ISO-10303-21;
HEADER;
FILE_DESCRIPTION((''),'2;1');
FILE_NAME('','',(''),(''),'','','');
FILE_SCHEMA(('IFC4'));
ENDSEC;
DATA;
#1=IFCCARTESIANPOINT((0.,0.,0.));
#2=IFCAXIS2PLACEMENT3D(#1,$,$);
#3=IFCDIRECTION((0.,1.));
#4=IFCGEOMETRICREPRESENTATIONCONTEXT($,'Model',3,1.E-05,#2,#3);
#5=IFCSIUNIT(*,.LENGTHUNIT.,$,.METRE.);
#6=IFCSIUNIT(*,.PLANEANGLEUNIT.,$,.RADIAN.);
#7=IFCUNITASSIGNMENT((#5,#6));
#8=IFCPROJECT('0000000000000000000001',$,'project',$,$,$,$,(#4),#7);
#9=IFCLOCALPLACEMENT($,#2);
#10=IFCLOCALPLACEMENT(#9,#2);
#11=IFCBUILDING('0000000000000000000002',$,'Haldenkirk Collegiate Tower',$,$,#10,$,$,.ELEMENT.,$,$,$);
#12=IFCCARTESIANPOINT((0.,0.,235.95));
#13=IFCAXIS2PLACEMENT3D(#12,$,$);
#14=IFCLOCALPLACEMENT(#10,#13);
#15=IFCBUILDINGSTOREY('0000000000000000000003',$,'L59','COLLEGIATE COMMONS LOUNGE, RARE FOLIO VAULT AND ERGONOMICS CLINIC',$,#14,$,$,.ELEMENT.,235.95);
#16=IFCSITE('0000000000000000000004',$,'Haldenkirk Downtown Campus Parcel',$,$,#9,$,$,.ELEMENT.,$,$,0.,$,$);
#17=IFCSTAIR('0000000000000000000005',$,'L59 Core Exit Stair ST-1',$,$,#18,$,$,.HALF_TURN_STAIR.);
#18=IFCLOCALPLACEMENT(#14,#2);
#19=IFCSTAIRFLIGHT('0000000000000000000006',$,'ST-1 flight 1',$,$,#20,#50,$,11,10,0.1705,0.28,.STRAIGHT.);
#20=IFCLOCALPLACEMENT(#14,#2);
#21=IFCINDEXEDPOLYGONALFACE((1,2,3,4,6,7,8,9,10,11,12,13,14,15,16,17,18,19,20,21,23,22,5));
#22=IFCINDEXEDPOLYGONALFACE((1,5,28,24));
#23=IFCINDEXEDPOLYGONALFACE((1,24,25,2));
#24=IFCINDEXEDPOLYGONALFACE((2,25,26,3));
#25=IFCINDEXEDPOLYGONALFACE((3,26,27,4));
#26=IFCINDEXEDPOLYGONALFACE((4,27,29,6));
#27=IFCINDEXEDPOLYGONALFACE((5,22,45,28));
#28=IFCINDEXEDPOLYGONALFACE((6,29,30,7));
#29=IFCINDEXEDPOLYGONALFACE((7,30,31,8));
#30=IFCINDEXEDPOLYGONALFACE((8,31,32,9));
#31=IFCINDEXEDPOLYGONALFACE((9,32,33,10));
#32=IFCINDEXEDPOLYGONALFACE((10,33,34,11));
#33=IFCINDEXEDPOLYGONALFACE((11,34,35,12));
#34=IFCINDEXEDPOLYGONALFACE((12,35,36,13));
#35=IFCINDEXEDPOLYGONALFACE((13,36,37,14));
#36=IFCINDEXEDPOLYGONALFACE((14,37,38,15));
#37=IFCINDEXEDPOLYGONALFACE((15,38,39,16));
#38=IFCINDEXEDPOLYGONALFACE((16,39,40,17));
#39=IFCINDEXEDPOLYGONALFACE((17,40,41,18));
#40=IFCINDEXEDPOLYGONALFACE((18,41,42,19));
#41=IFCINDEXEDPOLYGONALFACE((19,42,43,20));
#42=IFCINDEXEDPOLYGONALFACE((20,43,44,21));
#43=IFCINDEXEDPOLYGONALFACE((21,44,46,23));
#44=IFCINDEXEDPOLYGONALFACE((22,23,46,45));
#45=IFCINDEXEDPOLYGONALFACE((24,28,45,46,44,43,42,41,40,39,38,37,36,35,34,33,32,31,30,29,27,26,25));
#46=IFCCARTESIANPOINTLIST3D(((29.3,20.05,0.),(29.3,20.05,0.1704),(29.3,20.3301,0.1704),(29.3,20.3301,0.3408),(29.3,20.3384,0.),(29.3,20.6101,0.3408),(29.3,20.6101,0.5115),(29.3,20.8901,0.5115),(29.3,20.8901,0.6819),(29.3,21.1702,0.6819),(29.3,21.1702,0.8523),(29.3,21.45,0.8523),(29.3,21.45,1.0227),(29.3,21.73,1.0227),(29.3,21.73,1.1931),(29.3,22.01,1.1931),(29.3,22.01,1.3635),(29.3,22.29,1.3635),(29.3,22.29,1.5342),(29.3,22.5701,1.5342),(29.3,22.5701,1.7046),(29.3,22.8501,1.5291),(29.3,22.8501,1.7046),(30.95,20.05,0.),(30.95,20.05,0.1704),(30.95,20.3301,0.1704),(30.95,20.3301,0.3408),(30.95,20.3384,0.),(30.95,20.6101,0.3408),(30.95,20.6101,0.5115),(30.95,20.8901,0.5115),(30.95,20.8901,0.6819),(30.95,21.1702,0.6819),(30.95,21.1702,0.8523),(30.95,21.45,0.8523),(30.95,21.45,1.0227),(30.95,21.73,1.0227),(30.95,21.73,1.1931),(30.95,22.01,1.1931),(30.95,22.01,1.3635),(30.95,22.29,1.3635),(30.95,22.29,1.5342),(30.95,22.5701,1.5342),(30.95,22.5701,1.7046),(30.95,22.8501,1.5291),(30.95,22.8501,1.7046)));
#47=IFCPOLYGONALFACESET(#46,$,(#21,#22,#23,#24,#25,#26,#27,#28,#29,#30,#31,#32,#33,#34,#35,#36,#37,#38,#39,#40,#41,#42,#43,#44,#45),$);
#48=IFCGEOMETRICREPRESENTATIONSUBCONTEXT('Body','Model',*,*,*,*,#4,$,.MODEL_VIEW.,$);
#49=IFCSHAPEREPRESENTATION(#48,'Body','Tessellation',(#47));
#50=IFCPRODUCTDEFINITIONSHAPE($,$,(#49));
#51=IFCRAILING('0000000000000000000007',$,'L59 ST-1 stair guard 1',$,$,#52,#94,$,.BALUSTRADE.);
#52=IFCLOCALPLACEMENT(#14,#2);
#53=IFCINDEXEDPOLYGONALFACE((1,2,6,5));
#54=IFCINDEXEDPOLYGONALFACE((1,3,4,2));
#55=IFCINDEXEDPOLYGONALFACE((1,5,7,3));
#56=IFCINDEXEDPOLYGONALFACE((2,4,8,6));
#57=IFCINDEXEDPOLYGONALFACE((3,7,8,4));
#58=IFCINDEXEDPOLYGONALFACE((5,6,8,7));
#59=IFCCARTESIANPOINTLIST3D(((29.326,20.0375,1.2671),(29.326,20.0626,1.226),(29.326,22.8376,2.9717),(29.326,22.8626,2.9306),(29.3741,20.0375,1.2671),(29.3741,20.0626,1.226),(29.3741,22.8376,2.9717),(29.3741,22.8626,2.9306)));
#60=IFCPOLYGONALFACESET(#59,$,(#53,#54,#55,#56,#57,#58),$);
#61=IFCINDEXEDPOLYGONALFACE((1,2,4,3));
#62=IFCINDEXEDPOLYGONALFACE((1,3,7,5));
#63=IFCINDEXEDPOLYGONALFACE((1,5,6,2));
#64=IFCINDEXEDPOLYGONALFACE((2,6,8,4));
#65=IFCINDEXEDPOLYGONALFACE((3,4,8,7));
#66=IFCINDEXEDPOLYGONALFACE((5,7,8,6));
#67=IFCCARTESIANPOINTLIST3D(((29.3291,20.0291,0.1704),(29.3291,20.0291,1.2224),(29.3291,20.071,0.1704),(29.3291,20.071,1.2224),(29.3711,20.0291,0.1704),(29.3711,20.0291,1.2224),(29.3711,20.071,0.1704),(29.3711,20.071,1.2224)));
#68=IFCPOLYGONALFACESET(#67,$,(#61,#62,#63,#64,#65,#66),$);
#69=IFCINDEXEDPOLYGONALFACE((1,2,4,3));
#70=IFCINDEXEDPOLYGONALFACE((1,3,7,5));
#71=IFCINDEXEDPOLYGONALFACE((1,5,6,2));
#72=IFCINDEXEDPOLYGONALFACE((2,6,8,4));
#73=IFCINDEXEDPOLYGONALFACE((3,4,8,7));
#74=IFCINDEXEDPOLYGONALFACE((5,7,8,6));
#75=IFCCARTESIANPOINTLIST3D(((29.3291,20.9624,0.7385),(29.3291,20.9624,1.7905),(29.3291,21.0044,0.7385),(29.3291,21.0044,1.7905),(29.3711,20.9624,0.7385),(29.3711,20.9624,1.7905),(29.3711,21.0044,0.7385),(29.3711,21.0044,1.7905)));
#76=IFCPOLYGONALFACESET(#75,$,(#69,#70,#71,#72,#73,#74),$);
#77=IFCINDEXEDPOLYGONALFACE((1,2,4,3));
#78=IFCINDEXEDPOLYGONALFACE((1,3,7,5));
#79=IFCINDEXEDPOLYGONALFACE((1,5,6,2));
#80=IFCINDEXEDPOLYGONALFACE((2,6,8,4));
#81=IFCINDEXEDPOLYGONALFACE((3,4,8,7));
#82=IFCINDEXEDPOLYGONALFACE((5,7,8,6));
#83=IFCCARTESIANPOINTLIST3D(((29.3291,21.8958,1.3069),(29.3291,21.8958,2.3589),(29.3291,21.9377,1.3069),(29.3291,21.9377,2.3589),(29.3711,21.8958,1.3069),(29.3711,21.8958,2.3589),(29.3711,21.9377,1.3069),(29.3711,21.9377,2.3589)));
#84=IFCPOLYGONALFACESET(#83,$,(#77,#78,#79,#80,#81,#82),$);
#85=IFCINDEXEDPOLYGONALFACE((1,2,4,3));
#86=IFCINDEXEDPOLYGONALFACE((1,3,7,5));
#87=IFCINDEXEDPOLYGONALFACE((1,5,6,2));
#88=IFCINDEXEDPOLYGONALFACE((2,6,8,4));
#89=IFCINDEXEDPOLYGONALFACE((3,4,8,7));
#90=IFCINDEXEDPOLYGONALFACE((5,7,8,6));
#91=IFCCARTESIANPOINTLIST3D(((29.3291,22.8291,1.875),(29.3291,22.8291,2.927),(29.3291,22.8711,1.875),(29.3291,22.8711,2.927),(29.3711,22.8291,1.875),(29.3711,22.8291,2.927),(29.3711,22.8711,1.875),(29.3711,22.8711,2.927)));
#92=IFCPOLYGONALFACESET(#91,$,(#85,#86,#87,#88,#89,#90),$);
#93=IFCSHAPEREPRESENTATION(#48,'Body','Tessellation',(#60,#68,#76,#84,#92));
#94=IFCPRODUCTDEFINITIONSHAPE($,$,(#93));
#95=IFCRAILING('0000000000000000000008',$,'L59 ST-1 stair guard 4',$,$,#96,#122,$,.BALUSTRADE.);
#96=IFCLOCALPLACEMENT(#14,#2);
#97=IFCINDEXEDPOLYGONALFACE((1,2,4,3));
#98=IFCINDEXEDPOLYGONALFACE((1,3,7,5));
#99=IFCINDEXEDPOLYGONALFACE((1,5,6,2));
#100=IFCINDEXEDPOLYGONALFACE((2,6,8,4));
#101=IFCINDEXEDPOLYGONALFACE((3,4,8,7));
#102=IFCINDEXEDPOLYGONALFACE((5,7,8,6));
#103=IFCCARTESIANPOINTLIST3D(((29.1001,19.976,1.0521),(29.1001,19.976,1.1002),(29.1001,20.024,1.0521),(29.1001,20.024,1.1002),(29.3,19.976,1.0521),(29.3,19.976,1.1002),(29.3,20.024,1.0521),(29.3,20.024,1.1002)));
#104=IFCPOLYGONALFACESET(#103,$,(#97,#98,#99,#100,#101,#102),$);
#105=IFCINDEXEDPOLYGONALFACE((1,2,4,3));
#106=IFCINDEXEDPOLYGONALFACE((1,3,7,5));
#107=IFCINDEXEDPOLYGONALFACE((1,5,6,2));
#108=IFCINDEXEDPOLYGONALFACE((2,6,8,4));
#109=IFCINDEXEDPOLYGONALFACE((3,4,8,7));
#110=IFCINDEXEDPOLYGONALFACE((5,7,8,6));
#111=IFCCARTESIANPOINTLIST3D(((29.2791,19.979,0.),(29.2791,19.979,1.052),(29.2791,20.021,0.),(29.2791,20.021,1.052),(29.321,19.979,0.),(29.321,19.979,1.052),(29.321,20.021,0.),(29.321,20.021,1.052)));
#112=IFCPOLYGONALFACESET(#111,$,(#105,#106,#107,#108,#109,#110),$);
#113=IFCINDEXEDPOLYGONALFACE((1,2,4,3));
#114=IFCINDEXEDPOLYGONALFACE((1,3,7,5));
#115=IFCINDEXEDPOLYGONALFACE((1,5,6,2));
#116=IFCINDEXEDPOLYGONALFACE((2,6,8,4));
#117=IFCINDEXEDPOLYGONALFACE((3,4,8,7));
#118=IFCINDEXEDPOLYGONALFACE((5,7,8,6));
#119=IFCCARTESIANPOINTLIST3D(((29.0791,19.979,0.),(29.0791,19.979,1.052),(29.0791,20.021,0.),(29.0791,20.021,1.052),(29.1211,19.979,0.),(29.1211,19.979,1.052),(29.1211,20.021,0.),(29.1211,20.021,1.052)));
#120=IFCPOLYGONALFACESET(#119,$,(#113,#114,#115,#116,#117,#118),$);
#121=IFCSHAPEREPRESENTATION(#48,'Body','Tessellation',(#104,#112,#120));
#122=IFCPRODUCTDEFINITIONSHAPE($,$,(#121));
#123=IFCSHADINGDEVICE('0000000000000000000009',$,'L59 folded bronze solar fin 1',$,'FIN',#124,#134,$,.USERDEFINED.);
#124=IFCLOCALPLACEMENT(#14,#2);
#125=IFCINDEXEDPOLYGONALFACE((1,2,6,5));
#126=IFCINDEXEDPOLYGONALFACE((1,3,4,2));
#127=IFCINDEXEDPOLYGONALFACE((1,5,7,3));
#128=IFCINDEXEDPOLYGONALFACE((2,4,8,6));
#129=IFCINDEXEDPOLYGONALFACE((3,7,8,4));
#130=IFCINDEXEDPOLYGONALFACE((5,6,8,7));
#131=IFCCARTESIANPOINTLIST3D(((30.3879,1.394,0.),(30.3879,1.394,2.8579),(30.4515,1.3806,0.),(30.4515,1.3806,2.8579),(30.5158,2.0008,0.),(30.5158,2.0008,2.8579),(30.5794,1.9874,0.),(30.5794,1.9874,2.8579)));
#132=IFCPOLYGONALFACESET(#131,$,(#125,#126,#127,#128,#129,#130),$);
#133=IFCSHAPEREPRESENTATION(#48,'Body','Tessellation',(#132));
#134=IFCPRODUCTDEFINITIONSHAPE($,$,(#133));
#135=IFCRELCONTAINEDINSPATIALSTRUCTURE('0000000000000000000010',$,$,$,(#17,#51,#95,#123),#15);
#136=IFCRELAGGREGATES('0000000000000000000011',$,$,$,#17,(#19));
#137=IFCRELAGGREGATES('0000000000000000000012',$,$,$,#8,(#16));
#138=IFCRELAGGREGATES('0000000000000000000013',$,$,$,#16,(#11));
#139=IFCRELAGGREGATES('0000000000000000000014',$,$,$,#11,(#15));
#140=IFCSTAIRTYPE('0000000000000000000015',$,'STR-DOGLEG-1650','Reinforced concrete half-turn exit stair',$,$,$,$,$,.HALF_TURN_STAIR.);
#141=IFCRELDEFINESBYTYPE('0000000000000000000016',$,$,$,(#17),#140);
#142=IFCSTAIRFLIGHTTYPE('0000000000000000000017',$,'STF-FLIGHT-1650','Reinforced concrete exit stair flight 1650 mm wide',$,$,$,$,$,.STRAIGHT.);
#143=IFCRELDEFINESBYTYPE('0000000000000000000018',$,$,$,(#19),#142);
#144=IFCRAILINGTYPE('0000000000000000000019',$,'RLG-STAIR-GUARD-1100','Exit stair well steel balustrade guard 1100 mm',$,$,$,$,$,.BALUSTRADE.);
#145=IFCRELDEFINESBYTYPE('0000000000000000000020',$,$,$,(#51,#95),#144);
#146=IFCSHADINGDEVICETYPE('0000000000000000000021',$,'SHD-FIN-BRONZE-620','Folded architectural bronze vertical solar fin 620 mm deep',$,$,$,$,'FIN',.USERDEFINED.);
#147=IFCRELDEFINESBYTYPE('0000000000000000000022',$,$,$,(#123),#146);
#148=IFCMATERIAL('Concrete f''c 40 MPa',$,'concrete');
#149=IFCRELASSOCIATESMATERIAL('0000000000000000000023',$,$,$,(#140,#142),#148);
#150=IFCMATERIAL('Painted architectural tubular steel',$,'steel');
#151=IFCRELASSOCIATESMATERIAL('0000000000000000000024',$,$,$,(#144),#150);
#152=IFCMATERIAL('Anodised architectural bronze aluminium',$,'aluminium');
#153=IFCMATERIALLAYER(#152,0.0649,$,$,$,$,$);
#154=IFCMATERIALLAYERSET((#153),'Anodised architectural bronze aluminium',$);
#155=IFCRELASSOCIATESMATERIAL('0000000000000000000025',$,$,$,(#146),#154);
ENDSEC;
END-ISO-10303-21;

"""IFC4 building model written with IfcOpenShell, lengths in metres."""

from ifc_helpers import new_model, si_unit, direction, frame, origin, origin_2d, place, context, subcontext, project, spatial, polyline, rectangle, outline, extrude, source, transform, mapped, material, layer, layer_set, type_object, element, aggregate, save


model = new_model("IFC4")

# Units and contexts
model_context = context("Model", 3, precision=1e-05, world=origin(), true_north=direction((0.0, 1.0)))
body_context = subcontext(model_context, "Body", "Model", "MODEL_VIEW")
ifc_project = project(units=[si_unit("LENGTHUNIT", "METRE"), si_unit("PLANEANGLEUNIT", "RADIAN")], contexts=[model_context])

# Site, building, storey
site_placement = place(None, origin())
site = spatial("IfcSite", under=ifc_project, at=site_placement, Name="Haldenkirk Downtown Campus Parcel", CompositionType="ELEMENT", RefElevation=0.0)
building_placement = place(site_placement, origin())
building = spatial("IfcBuilding", under=site, at=building_placement, Name="Haldenkirk Collegiate Tower", CompositionType="ELEMENT")
storey_placement = place(building_placement, frame((0.0, 0.0, 235.95)))
storey = spatial("IfcBuildingStorey", under=building, at=storey_placement, Name="L59", Description="COLLEGIATE COMMONS LOUNGE, RARE FOLIO VAULT AND ERGONOMICS CLINIC", CompositionType="ELEMENT", Elevation=235.95)

# Shared definitions
ifc_material_1 = material(Name="Anodised architectural bronze aluminium", Category="aluminium")

# Stair, stair flight
ifc_material_2 = material(Name="Concrete f'c 40 MPa", Category="concrete")
stair_type = type_object("IfcStairType", Name="STR-DOGLEG-1650", Description="Reinforced concrete half-turn exit stair", PredefinedType="HALF_TURN_STAIR", material=ifc_material_2)
stair_placement = place(storey_placement, origin())
stair = element("IfcStair", 1, at=stair_placement, inside=storey, type_object=stair_type, Name="L59 Core Exit Stair ST-1", PredefinedType="HALF_TURN_STAIR")
stair_flight_type = type_object("IfcStairFlightType", Name="STF-FLIGHT-1650", Description="Reinforced concrete exit stair flight 1650 mm wide", PredefinedType="STRAIGHT", material=ifc_material_2)
stair_flight_placement = place(storey_placement, frame((30.125, 20.05, 0.0), z_axis=(0.0, 0.0, 1.0), x_axis=(0.0, 1.0, 0.0)))
stair_flight = element("IfcStairFlight", 2, at=stair_flight_placement, type_object=stair_flight_type, Name="ST-1 flight 1", NumberOfRisers=11, NumberOfTreads=10, PredefinedType="STRAIGHT", RiserHeight=0.1705, TreadLength=0.28, context=body_context, shape_type="SweptSolid", body=[
    extrude(outline(polyline([(0.0, 0.0), (0.0, 0.1704), (0.28, 0.1704), (0.28, 0.3408), (0.5601, 0.3408), (0.5601, 0.5115), (0.8401, 0.5115), (0.8401, 0.6819), (1.1201, 0.6819), (1.1201, 0.8523), (1.3999, 0.8523), (1.3999, 1.0227), (1.6799, 1.0227), (1.6799, 1.1931), (1.96, 1.1931), (1.96, 1.3635), (2.24, 1.3635), (2.24, 1.5342), (2.52, 1.5342), (2.52, 1.7046), (2.8, 1.7046), (2.8, 1.875), (2.8, 1.5291), (0.2883, 0.0), (0.0, 0.0)])), frame((0.0, 0.825, 0.0), z_axis=(0.0, -1.0, 0.0), x_axis=(1.0, 0.0, 0.0)), (0.0, 0.0, 1.0), 1.6499),
])
aggregate(stair, [stair_flight])

# Railings
ifc_material_3 = material(Name="Painted architectural tubular steel", Category="steel")
railing_type = type_object("IfcRailingType", Name="RLG-STAIR-GUARD-1100", Description="Exit stair well steel balustrade guard 1100 mm", PredefinedType="BALUSTRADE", material=ifc_material_3)
railing_1_placement = place(storey_placement, frame((29.3501, 20.05, 0.1704)))
element("IfcRailing", 3, at=railing_1_placement, inside=storey, type_object=railing_type, Name="L59 ST-1 stair guard 1", PredefinedType="BALUSTRADE", context=body_context, shape_type="SweptSolid", body=[
    extrude(rectangle(XDim=0.0481, YDim=0.0481, at=origin_2d()), frame((0.0, 0.0, 1.0762), z_axis=(0.0, 0.85417, 0.519994), x_axis=(-1.0, 0.0, 0.0)), (0.0, 0.0, 1.0), 3.2781),
    extrude(rectangle(XDim=0.042, YDim=0.042, at=origin_2d()), origin(), (0.0, 0.0, 1.0), 1.052),
    extrude(rectangle(XDim=0.042, YDim=0.042, at=origin_2d()), frame((0.0, 0.9333, 0.5681)), (0.0, 0.0, 1.0), 1.052),
    extrude(rectangle(XDim=0.042, YDim=0.042, at=origin_2d()), frame((0.0, 1.8667, 1.1365)), (0.0, 0.0, 1.0), 1.052),
    extrude(rectangle(XDim=0.042, YDim=0.042, at=origin_2d()), frame((0.0, 2.8, 1.7046)), (0.0, 0.0, 1.0), 1.052),
])
railing_2_placement = place(storey_placement, frame((29.3, 20.0, 0.0)))
element("IfcRailing", 4, at=railing_2_placement, inside=storey, type_object=railing_type, Name="L59 ST-1 stair guard 4", PredefinedType="BALUSTRADE", context=body_context, shape_type="SweptSolid", body=[
    extrude(rectangle(XDim=0.0481, YDim=0.0481, at=origin_2d()), frame((0.0, 0.0, 1.0762), z_axis=(-1.0, 0.0, 0.0), x_axis=(0.0, -1.0, 0.0)), (0.0, 0.0, 1.0), 0.2),
    extrude(rectangle(XDim=0.042, YDim=0.042, at=origin_2d()), origin(), (0.0, 0.0, 1.0), 1.052),
    extrude(rectangle(XDim=0.042, YDim=0.042, at=origin_2d()), frame((-0.2, 0.0, 0.0)), (0.0, 0.0, 1.0), 1.052),
])

# Shading device
ifc_layer_1 = layer(ifc_material_1, 0.0649)
ifc_layer_set_1 = layer_set([ifc_layer_1], Name="Anodised architectural bronze aluminium")
shading_device_type = type_object("IfcShadingDeviceType", Name="SHD-FIN-BRONZE-620", Description="Folded architectural bronze vertical solar fin 620 mm deep", ElementType="FIN", PredefinedType="USERDEFINED", material=ifc_layer_set_1)
shared_shape_1 = source(origin(), body_context, "Body", "SweptSolid", [
    extrude(rectangle(XDim=0.6201, YDim=0.0649, at=origin_2d()), origin(), (0.0, 0.0, 1.0), 2.8579),
])
shading_device_placement = place(storey_placement, frame((30.4836, 1.6907, 0.0), z_axis=(0.0, 0.0, 1.0), x_axis=(-0.206204, -0.978509, 0.0)))
element("IfcShadingDevice", 5, at=shading_device_placement, inside=storey, type_object=shading_device_type, Name="L59 folded bronze solar fin 1", ObjectType="FIN", PredefinedType="USERDEFINED", context=body_context, shape_type="MappedRepresentation", body=[
    mapped(shared_shape_1, transform((0.0, 0.0, 0.0), x_axis=(1.0, 0.0, 0.0), y_axis=(0.0, 1.0, 0.0), z_axis=(0.0, 0.0, 1.0), scale=1.0)),
])

save(model, "model.ifc")
